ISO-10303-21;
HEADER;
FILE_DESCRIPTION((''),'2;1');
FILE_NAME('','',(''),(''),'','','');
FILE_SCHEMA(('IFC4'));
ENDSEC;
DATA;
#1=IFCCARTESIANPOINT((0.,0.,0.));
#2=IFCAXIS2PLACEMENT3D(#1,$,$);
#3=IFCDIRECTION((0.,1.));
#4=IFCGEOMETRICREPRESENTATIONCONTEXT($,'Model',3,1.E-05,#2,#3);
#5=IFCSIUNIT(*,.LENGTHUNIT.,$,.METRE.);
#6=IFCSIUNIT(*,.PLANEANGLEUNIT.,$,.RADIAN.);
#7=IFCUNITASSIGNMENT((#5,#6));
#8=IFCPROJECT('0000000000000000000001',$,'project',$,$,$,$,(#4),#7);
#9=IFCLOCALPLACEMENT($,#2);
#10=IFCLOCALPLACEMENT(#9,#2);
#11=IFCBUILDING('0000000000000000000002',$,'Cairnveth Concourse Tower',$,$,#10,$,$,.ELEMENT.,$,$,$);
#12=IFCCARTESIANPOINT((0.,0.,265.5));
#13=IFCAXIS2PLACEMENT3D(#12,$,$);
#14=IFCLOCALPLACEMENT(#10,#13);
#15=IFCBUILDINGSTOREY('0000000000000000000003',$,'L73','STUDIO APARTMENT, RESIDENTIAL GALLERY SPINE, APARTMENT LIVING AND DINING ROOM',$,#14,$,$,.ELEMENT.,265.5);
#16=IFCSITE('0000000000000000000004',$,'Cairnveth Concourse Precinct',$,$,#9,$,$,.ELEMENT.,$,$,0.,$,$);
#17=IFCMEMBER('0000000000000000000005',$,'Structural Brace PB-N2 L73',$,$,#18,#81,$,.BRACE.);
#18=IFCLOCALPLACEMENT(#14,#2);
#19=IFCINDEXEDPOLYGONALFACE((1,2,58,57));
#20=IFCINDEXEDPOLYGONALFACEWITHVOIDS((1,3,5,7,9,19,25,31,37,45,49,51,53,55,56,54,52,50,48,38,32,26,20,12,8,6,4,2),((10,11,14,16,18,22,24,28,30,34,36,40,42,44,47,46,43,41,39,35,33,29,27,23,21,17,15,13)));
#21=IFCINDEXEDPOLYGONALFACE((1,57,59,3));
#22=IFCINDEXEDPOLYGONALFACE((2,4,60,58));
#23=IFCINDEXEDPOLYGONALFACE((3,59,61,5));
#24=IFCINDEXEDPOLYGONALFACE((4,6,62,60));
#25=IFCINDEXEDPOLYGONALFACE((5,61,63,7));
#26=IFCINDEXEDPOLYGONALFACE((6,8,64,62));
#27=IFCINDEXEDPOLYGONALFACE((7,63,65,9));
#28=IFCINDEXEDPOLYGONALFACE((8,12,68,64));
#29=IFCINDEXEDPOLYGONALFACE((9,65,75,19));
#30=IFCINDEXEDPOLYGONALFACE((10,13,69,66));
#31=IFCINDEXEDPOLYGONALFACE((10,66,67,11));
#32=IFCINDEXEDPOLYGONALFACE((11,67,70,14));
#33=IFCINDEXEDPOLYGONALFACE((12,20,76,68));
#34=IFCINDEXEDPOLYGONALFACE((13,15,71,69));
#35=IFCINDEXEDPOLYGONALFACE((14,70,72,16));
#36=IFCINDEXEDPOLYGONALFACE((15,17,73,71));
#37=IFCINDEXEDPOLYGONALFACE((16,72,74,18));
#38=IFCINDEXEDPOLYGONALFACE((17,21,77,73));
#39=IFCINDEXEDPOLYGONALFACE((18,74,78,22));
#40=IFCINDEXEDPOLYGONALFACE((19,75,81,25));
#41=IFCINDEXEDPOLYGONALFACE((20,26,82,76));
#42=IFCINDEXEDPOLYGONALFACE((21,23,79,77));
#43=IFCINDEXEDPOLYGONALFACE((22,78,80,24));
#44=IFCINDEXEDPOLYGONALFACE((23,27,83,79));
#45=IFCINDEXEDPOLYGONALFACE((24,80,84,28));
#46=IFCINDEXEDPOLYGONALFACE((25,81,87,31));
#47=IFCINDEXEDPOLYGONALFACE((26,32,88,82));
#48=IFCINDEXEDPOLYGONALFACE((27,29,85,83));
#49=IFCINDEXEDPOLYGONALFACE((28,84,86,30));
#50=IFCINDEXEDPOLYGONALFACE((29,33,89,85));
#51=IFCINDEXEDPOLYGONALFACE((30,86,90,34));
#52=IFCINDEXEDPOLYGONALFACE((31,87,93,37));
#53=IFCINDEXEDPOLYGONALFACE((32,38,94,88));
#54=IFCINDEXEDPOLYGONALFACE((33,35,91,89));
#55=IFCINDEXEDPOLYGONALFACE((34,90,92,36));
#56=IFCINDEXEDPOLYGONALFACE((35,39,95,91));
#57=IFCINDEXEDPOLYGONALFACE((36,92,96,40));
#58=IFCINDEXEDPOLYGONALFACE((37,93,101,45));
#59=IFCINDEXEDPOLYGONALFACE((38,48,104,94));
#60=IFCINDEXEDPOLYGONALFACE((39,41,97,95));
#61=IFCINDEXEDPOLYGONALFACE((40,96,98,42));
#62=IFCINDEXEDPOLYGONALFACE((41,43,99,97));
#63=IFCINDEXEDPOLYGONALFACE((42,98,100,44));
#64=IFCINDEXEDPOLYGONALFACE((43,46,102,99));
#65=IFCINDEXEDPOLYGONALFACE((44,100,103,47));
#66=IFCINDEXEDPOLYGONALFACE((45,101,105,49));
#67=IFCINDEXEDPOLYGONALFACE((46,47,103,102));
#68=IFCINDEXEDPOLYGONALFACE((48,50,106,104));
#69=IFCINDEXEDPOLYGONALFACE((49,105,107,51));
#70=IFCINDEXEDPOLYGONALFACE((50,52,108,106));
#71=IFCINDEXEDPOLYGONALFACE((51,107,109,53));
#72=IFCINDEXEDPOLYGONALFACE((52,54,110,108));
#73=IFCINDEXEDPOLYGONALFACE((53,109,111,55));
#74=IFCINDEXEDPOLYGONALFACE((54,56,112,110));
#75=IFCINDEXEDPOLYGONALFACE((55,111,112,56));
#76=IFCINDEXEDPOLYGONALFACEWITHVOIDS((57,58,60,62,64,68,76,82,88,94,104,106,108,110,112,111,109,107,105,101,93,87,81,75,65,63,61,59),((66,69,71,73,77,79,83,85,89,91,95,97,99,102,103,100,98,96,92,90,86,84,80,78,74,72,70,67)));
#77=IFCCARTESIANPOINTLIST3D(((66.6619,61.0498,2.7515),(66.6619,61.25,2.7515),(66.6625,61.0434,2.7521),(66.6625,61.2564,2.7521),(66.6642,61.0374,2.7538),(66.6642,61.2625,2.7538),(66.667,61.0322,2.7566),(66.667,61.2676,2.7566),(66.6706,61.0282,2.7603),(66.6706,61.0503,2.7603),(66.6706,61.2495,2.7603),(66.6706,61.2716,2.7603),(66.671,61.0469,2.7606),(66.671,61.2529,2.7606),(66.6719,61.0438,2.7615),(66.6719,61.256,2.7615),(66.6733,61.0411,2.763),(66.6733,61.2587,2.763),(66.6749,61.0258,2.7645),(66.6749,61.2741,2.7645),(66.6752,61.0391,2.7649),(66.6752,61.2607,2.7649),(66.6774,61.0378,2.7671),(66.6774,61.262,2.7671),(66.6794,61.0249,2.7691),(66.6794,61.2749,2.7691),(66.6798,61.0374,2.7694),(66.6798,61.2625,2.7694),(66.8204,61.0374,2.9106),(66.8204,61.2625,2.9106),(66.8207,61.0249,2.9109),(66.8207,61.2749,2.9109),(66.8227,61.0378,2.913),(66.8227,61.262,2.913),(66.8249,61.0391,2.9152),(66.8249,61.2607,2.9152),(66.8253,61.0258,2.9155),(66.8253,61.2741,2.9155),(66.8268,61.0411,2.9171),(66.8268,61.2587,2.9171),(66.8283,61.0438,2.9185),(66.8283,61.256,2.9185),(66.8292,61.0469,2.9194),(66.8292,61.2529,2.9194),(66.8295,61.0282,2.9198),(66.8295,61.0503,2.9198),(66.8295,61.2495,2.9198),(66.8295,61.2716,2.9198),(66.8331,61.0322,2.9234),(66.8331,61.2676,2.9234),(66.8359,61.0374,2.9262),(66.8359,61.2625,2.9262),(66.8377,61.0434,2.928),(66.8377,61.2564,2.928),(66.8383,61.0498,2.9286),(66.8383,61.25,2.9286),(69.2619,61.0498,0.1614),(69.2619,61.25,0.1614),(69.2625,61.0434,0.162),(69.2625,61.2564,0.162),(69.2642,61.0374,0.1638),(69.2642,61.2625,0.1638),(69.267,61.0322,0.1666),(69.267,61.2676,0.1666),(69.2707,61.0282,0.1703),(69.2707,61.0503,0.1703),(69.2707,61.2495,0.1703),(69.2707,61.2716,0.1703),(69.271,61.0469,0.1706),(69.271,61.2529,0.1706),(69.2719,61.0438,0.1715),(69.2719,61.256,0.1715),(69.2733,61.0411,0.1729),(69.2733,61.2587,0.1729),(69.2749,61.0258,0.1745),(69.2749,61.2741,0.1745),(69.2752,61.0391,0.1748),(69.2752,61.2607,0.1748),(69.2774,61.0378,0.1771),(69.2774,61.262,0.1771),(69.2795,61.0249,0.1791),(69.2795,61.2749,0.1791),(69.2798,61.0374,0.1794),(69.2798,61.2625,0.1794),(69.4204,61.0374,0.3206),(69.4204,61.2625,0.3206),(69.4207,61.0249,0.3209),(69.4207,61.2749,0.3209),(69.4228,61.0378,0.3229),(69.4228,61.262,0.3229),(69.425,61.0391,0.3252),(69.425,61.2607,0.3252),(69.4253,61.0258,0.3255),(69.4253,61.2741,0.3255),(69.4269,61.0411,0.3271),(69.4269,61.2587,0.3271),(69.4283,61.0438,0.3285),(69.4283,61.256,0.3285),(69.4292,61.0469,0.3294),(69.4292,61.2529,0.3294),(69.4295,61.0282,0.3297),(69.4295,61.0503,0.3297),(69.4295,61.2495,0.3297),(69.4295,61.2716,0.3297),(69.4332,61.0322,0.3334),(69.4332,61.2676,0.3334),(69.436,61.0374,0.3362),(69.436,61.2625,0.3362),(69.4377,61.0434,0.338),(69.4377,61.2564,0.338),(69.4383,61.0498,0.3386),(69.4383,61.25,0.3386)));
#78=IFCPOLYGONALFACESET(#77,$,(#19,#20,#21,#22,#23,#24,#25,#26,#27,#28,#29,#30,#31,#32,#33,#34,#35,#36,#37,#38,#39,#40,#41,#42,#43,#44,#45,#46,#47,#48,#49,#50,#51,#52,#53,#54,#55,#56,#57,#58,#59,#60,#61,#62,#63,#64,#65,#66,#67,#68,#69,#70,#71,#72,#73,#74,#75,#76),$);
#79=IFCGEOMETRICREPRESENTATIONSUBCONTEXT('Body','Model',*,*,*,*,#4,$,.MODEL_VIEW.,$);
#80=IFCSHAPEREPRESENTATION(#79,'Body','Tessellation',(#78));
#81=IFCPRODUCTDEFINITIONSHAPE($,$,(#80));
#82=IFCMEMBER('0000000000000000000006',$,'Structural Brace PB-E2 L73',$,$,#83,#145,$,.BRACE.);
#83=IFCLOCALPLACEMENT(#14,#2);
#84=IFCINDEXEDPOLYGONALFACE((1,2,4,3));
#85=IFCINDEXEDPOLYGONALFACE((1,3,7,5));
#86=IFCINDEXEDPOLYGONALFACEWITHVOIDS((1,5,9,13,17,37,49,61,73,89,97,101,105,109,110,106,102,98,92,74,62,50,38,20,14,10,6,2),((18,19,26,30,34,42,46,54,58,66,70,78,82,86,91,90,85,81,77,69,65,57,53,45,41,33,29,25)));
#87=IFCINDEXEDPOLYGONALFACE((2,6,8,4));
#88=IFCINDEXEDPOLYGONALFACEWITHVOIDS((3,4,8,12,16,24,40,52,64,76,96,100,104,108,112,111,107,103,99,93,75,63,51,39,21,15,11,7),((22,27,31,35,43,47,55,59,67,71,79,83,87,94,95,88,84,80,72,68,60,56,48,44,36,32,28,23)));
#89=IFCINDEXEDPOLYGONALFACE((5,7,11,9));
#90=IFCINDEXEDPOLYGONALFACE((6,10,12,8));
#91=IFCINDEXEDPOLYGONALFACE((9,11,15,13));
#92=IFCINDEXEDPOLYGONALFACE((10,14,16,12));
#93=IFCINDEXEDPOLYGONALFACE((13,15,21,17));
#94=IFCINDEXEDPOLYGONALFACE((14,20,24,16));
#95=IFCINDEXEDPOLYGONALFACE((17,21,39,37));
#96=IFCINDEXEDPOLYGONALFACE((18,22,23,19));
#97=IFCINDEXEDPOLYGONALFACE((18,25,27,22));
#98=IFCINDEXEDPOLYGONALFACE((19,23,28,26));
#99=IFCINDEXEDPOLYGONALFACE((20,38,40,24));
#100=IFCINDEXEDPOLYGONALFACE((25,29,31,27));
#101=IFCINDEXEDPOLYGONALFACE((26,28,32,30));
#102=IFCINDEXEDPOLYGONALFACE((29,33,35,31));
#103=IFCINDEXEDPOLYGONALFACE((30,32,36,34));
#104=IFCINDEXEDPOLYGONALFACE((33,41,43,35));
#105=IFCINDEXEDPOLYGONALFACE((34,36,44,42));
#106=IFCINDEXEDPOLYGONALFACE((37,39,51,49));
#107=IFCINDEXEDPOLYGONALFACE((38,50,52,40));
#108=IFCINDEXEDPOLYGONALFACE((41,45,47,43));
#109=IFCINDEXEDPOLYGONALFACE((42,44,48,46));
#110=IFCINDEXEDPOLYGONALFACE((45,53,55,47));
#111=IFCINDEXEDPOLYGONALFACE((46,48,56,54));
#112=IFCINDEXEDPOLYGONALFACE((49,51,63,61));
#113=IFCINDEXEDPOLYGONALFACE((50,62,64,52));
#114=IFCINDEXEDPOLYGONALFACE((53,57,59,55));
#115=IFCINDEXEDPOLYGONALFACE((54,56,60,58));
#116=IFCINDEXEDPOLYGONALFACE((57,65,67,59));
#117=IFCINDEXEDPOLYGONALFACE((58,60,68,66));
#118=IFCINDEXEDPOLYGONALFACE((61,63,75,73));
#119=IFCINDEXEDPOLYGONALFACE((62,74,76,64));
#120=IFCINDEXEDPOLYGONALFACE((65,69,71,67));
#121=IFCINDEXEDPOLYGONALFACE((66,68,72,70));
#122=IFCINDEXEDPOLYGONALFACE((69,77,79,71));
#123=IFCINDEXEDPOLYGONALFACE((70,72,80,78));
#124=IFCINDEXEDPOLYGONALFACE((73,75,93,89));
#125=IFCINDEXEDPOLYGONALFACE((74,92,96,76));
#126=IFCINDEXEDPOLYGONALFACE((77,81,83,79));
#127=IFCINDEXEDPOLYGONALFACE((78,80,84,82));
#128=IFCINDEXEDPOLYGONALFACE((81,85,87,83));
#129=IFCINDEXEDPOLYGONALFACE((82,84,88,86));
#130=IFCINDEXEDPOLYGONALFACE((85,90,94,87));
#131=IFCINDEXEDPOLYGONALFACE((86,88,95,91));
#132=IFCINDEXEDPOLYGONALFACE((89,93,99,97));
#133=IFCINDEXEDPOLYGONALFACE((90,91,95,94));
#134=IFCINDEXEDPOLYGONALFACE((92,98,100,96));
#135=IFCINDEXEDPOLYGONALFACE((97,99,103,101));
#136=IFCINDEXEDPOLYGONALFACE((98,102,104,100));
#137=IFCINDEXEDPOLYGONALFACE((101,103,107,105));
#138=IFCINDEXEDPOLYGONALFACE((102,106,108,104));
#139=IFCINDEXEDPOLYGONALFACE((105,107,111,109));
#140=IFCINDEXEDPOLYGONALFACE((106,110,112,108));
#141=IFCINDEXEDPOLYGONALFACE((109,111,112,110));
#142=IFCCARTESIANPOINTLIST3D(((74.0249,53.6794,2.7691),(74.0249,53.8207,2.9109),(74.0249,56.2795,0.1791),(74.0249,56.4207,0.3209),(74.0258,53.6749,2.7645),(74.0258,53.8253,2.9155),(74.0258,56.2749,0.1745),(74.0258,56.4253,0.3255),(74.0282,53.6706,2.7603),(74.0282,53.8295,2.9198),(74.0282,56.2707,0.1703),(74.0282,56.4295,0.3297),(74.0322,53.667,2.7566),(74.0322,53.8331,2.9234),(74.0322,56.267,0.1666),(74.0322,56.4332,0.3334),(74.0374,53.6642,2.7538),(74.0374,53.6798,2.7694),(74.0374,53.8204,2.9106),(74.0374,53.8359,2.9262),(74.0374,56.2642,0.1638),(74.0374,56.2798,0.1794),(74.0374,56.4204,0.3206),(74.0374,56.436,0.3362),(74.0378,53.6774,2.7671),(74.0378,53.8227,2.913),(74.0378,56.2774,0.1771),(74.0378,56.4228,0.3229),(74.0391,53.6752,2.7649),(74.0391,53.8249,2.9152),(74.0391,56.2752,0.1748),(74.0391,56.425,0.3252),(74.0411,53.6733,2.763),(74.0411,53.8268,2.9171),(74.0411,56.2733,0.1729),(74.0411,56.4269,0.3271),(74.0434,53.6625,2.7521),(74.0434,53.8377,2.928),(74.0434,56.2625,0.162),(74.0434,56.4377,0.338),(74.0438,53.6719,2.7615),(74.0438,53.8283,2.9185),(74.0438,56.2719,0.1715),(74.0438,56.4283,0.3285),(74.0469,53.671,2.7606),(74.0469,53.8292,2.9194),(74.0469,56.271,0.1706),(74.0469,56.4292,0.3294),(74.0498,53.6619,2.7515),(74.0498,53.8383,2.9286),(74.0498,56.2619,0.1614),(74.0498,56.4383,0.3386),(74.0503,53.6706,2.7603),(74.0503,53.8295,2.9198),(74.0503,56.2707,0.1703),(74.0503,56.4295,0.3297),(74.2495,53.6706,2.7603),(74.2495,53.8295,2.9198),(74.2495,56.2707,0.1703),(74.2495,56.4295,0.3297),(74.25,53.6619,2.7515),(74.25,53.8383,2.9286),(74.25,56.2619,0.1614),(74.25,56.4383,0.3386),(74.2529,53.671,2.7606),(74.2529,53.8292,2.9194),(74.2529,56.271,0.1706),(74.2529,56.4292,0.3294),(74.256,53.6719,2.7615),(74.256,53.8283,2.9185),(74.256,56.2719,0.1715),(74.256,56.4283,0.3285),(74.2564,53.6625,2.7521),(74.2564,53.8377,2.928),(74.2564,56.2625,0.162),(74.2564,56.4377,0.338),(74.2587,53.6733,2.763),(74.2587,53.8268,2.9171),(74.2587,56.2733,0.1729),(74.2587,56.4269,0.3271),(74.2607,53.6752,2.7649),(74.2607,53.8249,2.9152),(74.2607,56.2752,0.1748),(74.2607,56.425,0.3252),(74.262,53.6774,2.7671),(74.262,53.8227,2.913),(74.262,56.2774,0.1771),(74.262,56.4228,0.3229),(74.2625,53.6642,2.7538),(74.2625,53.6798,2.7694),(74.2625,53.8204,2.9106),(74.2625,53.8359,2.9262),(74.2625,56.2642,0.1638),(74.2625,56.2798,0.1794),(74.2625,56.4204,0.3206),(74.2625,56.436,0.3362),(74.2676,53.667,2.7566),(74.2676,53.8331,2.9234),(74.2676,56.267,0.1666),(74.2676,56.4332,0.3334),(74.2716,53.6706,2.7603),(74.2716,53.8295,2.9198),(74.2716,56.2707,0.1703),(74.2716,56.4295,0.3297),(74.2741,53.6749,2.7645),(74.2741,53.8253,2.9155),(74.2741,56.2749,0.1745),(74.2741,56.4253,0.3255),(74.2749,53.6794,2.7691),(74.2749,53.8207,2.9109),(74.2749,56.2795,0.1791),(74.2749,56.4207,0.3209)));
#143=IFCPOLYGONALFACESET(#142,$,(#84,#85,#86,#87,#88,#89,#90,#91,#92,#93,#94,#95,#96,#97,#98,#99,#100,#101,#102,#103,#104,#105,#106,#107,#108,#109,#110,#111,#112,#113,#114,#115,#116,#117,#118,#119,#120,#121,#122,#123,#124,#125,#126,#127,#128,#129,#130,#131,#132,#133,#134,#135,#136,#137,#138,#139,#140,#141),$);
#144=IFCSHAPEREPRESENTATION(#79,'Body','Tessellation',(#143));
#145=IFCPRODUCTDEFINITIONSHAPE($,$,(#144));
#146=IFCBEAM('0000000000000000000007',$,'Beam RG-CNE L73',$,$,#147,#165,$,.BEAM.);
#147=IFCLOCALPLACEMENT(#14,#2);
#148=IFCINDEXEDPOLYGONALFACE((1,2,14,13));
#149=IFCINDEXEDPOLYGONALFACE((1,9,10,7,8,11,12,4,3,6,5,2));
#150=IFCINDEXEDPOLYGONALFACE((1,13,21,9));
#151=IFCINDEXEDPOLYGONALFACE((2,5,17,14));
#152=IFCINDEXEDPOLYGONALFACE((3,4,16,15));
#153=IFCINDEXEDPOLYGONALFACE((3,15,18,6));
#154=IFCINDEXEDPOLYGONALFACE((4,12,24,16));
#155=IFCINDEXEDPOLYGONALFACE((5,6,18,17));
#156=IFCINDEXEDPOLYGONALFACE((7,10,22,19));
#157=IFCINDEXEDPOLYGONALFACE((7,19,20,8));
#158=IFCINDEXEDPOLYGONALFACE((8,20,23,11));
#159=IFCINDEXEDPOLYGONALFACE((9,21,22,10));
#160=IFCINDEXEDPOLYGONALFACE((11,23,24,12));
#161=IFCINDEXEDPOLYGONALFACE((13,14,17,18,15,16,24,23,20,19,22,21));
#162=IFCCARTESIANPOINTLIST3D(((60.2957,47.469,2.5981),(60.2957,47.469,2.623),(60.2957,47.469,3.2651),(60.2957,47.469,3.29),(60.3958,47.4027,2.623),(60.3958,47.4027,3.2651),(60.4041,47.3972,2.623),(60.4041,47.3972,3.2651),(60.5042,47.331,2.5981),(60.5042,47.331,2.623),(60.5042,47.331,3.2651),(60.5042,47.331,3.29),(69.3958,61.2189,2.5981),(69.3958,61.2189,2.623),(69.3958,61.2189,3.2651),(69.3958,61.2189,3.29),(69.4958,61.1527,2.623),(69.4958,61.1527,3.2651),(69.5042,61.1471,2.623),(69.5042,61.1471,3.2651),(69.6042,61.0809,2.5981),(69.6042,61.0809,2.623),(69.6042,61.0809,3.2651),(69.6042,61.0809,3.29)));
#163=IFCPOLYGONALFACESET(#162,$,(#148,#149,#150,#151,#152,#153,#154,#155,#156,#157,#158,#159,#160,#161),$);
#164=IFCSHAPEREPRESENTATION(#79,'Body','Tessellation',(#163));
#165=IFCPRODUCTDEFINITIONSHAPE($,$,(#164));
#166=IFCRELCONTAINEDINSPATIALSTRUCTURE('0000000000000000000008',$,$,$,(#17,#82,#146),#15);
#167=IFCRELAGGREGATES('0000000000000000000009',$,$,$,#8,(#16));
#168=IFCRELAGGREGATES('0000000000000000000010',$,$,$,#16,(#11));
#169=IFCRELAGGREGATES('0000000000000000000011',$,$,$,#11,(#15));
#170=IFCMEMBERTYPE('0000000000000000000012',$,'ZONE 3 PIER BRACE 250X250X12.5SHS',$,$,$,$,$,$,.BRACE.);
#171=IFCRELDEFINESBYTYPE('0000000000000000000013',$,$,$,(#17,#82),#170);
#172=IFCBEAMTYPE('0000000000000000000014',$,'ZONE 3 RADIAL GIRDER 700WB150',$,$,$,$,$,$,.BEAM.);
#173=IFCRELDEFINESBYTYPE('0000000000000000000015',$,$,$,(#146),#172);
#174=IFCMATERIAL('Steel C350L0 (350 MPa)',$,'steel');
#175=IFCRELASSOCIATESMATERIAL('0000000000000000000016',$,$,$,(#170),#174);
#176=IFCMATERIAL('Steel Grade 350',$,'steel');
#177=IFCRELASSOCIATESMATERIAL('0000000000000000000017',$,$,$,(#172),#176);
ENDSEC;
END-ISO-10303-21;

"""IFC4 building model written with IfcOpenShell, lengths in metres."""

from ifc_helpers import new_model, si_unit, direction, frame, origin, origin_2d, place, context, subcontext, project, spatial, hollow_rectangle, i_section, extrude, material, material_profile, profile_set, type_object, element, save


model = new_model("IFC4")

# Units and contexts
model_context = context("Model", 3, precision=1e-05, world=origin(), true_north=direction((0.0, 1.0)))
body_context = subcontext(model_context, "Body", "Model", "MODEL_VIEW")
ifc_project = project(units=[si_unit("LENGTHUNIT", "METRE"), si_unit("PLANEANGLEUNIT", "RADIAN")], contexts=[model_context])

# Site, building, storey
site_placement = place(None, origin())
site = spatial("IfcSite", under=ifc_project, at=site_placement, Name="Cairnveth Concourse Precinct", CompositionType="ELEMENT", RefElevation=0.0)
building_placement = place(site_placement, origin())
building = spatial("IfcBuilding", under=site, at=building_placement, Name="Cairnveth Concourse Tower", CompositionType="ELEMENT")
storey_placement = place(building_placement, frame((0.0, 0.0, 265.5)))
storey = spatial("IfcBuildingStorey", under=building, at=storey_placement, Name="L73", Description="STUDIO APARTMENT, RESIDENTIAL GALLERY SPINE, APARTMENT LIVING AND DINING ROOM", CompositionType="ELEMENT", Elevation=265.5)

# Shared definitions
ifc_material_1 = material(Name="Steel Grade 350", Category="steel")

# Members
ifc_material_2 = material(Name="Steel C350L0 (350 MPa)", Category="steel")
ifc_material_profile_1 = material_profile(ifc_material_2, hollow_rectangle(XDim=0.25, YDim=0.25, WallThickness=0.0125, InnerFilletRadius=0.0129, OuterFilletRadius=0.0249, at=origin_2d()), Name="250x250x12.5SHS")
ifc_profile_set_1 = profile_set([ifc_material_profile_1], Name="Steel C350L0 (350 MPa)")
member_type = type_object("IfcMemberType", Name="ZONE 3 PIER BRACE 250X250X12.5SHS", PredefinedType="BRACE", material=ifc_profile_set_1)
for number, where, z_axis, x_axis, name in (
    (1, (69.3501, 61.1499, 0.25), (-0.708469, 0.0, 0.705742), (0.0, -1.0, 0.0), "Structural Brace PB-N2 L73"),
    (2, (74.1499, 56.3501, 0.25), (0.0, -0.708469, 0.705742), (1.0, 0.0, 0.0), "Structural Brace PB-E2 L73"),
):
    element("IfcMember", number, at=place(storey_placement, frame(where, z_axis=z_axis, x_axis=x_axis)), inside=storey, type_object=member_type, Name=name, PredefinedType="BRACE", context=body_context, shape_type="SweptSolid", body=[
        extrude(hollow_rectangle(XDim=0.25, YDim=0.25, WallThickness=0.0125, InnerFilletRadius=0.0129, OuterFilletRadius=0.0249, at=origin_2d()), origin(), (0.0, 0.0, 1.0), 3.6699),
    ])

# Beam
ifc_material_profile_2 = material_profile(ifc_material_1, i_section(OverallWidth=0.25, OverallDepth=0.6919, WebThickness=0.01, FlangeThickness=0.0249, at=origin_2d()), Name="700WB150")
ifc_profile_set_2 = profile_set([ifc_material_profile_2], Name="Steel Grade 350")
beam_type_1 = type_object("IfcBeamType", Name="ZONE 3 RADIAL GIRDER 700WB150", PredefinedType="BEAM", material=ifc_profile_set_2)
beam_1_placement = place(storey_placement, frame((69.5, 61.1499, 2.9441), z_axis=(-0.551902, -0.833909, 0.0), x_axis=(0.833909, -0.551902, 0.0)))
element("IfcBeam", 3, at=beam_1_placement, inside=storey, type_object=beam_type_1, Name="Beam RG-CNE L73", PredefinedType="BEAM", context=body_context, shape_type="SweptSolid", body=[
    extrude(i_section(OverallWidth=0.25, OverallDepth=0.6919, WebThickness=0.01, FlangeThickness=0.0249, at=origin_2d()), origin(), (0.0, 0.0, 1.0), 16.4885),
])

save(model, "model.ifc")
